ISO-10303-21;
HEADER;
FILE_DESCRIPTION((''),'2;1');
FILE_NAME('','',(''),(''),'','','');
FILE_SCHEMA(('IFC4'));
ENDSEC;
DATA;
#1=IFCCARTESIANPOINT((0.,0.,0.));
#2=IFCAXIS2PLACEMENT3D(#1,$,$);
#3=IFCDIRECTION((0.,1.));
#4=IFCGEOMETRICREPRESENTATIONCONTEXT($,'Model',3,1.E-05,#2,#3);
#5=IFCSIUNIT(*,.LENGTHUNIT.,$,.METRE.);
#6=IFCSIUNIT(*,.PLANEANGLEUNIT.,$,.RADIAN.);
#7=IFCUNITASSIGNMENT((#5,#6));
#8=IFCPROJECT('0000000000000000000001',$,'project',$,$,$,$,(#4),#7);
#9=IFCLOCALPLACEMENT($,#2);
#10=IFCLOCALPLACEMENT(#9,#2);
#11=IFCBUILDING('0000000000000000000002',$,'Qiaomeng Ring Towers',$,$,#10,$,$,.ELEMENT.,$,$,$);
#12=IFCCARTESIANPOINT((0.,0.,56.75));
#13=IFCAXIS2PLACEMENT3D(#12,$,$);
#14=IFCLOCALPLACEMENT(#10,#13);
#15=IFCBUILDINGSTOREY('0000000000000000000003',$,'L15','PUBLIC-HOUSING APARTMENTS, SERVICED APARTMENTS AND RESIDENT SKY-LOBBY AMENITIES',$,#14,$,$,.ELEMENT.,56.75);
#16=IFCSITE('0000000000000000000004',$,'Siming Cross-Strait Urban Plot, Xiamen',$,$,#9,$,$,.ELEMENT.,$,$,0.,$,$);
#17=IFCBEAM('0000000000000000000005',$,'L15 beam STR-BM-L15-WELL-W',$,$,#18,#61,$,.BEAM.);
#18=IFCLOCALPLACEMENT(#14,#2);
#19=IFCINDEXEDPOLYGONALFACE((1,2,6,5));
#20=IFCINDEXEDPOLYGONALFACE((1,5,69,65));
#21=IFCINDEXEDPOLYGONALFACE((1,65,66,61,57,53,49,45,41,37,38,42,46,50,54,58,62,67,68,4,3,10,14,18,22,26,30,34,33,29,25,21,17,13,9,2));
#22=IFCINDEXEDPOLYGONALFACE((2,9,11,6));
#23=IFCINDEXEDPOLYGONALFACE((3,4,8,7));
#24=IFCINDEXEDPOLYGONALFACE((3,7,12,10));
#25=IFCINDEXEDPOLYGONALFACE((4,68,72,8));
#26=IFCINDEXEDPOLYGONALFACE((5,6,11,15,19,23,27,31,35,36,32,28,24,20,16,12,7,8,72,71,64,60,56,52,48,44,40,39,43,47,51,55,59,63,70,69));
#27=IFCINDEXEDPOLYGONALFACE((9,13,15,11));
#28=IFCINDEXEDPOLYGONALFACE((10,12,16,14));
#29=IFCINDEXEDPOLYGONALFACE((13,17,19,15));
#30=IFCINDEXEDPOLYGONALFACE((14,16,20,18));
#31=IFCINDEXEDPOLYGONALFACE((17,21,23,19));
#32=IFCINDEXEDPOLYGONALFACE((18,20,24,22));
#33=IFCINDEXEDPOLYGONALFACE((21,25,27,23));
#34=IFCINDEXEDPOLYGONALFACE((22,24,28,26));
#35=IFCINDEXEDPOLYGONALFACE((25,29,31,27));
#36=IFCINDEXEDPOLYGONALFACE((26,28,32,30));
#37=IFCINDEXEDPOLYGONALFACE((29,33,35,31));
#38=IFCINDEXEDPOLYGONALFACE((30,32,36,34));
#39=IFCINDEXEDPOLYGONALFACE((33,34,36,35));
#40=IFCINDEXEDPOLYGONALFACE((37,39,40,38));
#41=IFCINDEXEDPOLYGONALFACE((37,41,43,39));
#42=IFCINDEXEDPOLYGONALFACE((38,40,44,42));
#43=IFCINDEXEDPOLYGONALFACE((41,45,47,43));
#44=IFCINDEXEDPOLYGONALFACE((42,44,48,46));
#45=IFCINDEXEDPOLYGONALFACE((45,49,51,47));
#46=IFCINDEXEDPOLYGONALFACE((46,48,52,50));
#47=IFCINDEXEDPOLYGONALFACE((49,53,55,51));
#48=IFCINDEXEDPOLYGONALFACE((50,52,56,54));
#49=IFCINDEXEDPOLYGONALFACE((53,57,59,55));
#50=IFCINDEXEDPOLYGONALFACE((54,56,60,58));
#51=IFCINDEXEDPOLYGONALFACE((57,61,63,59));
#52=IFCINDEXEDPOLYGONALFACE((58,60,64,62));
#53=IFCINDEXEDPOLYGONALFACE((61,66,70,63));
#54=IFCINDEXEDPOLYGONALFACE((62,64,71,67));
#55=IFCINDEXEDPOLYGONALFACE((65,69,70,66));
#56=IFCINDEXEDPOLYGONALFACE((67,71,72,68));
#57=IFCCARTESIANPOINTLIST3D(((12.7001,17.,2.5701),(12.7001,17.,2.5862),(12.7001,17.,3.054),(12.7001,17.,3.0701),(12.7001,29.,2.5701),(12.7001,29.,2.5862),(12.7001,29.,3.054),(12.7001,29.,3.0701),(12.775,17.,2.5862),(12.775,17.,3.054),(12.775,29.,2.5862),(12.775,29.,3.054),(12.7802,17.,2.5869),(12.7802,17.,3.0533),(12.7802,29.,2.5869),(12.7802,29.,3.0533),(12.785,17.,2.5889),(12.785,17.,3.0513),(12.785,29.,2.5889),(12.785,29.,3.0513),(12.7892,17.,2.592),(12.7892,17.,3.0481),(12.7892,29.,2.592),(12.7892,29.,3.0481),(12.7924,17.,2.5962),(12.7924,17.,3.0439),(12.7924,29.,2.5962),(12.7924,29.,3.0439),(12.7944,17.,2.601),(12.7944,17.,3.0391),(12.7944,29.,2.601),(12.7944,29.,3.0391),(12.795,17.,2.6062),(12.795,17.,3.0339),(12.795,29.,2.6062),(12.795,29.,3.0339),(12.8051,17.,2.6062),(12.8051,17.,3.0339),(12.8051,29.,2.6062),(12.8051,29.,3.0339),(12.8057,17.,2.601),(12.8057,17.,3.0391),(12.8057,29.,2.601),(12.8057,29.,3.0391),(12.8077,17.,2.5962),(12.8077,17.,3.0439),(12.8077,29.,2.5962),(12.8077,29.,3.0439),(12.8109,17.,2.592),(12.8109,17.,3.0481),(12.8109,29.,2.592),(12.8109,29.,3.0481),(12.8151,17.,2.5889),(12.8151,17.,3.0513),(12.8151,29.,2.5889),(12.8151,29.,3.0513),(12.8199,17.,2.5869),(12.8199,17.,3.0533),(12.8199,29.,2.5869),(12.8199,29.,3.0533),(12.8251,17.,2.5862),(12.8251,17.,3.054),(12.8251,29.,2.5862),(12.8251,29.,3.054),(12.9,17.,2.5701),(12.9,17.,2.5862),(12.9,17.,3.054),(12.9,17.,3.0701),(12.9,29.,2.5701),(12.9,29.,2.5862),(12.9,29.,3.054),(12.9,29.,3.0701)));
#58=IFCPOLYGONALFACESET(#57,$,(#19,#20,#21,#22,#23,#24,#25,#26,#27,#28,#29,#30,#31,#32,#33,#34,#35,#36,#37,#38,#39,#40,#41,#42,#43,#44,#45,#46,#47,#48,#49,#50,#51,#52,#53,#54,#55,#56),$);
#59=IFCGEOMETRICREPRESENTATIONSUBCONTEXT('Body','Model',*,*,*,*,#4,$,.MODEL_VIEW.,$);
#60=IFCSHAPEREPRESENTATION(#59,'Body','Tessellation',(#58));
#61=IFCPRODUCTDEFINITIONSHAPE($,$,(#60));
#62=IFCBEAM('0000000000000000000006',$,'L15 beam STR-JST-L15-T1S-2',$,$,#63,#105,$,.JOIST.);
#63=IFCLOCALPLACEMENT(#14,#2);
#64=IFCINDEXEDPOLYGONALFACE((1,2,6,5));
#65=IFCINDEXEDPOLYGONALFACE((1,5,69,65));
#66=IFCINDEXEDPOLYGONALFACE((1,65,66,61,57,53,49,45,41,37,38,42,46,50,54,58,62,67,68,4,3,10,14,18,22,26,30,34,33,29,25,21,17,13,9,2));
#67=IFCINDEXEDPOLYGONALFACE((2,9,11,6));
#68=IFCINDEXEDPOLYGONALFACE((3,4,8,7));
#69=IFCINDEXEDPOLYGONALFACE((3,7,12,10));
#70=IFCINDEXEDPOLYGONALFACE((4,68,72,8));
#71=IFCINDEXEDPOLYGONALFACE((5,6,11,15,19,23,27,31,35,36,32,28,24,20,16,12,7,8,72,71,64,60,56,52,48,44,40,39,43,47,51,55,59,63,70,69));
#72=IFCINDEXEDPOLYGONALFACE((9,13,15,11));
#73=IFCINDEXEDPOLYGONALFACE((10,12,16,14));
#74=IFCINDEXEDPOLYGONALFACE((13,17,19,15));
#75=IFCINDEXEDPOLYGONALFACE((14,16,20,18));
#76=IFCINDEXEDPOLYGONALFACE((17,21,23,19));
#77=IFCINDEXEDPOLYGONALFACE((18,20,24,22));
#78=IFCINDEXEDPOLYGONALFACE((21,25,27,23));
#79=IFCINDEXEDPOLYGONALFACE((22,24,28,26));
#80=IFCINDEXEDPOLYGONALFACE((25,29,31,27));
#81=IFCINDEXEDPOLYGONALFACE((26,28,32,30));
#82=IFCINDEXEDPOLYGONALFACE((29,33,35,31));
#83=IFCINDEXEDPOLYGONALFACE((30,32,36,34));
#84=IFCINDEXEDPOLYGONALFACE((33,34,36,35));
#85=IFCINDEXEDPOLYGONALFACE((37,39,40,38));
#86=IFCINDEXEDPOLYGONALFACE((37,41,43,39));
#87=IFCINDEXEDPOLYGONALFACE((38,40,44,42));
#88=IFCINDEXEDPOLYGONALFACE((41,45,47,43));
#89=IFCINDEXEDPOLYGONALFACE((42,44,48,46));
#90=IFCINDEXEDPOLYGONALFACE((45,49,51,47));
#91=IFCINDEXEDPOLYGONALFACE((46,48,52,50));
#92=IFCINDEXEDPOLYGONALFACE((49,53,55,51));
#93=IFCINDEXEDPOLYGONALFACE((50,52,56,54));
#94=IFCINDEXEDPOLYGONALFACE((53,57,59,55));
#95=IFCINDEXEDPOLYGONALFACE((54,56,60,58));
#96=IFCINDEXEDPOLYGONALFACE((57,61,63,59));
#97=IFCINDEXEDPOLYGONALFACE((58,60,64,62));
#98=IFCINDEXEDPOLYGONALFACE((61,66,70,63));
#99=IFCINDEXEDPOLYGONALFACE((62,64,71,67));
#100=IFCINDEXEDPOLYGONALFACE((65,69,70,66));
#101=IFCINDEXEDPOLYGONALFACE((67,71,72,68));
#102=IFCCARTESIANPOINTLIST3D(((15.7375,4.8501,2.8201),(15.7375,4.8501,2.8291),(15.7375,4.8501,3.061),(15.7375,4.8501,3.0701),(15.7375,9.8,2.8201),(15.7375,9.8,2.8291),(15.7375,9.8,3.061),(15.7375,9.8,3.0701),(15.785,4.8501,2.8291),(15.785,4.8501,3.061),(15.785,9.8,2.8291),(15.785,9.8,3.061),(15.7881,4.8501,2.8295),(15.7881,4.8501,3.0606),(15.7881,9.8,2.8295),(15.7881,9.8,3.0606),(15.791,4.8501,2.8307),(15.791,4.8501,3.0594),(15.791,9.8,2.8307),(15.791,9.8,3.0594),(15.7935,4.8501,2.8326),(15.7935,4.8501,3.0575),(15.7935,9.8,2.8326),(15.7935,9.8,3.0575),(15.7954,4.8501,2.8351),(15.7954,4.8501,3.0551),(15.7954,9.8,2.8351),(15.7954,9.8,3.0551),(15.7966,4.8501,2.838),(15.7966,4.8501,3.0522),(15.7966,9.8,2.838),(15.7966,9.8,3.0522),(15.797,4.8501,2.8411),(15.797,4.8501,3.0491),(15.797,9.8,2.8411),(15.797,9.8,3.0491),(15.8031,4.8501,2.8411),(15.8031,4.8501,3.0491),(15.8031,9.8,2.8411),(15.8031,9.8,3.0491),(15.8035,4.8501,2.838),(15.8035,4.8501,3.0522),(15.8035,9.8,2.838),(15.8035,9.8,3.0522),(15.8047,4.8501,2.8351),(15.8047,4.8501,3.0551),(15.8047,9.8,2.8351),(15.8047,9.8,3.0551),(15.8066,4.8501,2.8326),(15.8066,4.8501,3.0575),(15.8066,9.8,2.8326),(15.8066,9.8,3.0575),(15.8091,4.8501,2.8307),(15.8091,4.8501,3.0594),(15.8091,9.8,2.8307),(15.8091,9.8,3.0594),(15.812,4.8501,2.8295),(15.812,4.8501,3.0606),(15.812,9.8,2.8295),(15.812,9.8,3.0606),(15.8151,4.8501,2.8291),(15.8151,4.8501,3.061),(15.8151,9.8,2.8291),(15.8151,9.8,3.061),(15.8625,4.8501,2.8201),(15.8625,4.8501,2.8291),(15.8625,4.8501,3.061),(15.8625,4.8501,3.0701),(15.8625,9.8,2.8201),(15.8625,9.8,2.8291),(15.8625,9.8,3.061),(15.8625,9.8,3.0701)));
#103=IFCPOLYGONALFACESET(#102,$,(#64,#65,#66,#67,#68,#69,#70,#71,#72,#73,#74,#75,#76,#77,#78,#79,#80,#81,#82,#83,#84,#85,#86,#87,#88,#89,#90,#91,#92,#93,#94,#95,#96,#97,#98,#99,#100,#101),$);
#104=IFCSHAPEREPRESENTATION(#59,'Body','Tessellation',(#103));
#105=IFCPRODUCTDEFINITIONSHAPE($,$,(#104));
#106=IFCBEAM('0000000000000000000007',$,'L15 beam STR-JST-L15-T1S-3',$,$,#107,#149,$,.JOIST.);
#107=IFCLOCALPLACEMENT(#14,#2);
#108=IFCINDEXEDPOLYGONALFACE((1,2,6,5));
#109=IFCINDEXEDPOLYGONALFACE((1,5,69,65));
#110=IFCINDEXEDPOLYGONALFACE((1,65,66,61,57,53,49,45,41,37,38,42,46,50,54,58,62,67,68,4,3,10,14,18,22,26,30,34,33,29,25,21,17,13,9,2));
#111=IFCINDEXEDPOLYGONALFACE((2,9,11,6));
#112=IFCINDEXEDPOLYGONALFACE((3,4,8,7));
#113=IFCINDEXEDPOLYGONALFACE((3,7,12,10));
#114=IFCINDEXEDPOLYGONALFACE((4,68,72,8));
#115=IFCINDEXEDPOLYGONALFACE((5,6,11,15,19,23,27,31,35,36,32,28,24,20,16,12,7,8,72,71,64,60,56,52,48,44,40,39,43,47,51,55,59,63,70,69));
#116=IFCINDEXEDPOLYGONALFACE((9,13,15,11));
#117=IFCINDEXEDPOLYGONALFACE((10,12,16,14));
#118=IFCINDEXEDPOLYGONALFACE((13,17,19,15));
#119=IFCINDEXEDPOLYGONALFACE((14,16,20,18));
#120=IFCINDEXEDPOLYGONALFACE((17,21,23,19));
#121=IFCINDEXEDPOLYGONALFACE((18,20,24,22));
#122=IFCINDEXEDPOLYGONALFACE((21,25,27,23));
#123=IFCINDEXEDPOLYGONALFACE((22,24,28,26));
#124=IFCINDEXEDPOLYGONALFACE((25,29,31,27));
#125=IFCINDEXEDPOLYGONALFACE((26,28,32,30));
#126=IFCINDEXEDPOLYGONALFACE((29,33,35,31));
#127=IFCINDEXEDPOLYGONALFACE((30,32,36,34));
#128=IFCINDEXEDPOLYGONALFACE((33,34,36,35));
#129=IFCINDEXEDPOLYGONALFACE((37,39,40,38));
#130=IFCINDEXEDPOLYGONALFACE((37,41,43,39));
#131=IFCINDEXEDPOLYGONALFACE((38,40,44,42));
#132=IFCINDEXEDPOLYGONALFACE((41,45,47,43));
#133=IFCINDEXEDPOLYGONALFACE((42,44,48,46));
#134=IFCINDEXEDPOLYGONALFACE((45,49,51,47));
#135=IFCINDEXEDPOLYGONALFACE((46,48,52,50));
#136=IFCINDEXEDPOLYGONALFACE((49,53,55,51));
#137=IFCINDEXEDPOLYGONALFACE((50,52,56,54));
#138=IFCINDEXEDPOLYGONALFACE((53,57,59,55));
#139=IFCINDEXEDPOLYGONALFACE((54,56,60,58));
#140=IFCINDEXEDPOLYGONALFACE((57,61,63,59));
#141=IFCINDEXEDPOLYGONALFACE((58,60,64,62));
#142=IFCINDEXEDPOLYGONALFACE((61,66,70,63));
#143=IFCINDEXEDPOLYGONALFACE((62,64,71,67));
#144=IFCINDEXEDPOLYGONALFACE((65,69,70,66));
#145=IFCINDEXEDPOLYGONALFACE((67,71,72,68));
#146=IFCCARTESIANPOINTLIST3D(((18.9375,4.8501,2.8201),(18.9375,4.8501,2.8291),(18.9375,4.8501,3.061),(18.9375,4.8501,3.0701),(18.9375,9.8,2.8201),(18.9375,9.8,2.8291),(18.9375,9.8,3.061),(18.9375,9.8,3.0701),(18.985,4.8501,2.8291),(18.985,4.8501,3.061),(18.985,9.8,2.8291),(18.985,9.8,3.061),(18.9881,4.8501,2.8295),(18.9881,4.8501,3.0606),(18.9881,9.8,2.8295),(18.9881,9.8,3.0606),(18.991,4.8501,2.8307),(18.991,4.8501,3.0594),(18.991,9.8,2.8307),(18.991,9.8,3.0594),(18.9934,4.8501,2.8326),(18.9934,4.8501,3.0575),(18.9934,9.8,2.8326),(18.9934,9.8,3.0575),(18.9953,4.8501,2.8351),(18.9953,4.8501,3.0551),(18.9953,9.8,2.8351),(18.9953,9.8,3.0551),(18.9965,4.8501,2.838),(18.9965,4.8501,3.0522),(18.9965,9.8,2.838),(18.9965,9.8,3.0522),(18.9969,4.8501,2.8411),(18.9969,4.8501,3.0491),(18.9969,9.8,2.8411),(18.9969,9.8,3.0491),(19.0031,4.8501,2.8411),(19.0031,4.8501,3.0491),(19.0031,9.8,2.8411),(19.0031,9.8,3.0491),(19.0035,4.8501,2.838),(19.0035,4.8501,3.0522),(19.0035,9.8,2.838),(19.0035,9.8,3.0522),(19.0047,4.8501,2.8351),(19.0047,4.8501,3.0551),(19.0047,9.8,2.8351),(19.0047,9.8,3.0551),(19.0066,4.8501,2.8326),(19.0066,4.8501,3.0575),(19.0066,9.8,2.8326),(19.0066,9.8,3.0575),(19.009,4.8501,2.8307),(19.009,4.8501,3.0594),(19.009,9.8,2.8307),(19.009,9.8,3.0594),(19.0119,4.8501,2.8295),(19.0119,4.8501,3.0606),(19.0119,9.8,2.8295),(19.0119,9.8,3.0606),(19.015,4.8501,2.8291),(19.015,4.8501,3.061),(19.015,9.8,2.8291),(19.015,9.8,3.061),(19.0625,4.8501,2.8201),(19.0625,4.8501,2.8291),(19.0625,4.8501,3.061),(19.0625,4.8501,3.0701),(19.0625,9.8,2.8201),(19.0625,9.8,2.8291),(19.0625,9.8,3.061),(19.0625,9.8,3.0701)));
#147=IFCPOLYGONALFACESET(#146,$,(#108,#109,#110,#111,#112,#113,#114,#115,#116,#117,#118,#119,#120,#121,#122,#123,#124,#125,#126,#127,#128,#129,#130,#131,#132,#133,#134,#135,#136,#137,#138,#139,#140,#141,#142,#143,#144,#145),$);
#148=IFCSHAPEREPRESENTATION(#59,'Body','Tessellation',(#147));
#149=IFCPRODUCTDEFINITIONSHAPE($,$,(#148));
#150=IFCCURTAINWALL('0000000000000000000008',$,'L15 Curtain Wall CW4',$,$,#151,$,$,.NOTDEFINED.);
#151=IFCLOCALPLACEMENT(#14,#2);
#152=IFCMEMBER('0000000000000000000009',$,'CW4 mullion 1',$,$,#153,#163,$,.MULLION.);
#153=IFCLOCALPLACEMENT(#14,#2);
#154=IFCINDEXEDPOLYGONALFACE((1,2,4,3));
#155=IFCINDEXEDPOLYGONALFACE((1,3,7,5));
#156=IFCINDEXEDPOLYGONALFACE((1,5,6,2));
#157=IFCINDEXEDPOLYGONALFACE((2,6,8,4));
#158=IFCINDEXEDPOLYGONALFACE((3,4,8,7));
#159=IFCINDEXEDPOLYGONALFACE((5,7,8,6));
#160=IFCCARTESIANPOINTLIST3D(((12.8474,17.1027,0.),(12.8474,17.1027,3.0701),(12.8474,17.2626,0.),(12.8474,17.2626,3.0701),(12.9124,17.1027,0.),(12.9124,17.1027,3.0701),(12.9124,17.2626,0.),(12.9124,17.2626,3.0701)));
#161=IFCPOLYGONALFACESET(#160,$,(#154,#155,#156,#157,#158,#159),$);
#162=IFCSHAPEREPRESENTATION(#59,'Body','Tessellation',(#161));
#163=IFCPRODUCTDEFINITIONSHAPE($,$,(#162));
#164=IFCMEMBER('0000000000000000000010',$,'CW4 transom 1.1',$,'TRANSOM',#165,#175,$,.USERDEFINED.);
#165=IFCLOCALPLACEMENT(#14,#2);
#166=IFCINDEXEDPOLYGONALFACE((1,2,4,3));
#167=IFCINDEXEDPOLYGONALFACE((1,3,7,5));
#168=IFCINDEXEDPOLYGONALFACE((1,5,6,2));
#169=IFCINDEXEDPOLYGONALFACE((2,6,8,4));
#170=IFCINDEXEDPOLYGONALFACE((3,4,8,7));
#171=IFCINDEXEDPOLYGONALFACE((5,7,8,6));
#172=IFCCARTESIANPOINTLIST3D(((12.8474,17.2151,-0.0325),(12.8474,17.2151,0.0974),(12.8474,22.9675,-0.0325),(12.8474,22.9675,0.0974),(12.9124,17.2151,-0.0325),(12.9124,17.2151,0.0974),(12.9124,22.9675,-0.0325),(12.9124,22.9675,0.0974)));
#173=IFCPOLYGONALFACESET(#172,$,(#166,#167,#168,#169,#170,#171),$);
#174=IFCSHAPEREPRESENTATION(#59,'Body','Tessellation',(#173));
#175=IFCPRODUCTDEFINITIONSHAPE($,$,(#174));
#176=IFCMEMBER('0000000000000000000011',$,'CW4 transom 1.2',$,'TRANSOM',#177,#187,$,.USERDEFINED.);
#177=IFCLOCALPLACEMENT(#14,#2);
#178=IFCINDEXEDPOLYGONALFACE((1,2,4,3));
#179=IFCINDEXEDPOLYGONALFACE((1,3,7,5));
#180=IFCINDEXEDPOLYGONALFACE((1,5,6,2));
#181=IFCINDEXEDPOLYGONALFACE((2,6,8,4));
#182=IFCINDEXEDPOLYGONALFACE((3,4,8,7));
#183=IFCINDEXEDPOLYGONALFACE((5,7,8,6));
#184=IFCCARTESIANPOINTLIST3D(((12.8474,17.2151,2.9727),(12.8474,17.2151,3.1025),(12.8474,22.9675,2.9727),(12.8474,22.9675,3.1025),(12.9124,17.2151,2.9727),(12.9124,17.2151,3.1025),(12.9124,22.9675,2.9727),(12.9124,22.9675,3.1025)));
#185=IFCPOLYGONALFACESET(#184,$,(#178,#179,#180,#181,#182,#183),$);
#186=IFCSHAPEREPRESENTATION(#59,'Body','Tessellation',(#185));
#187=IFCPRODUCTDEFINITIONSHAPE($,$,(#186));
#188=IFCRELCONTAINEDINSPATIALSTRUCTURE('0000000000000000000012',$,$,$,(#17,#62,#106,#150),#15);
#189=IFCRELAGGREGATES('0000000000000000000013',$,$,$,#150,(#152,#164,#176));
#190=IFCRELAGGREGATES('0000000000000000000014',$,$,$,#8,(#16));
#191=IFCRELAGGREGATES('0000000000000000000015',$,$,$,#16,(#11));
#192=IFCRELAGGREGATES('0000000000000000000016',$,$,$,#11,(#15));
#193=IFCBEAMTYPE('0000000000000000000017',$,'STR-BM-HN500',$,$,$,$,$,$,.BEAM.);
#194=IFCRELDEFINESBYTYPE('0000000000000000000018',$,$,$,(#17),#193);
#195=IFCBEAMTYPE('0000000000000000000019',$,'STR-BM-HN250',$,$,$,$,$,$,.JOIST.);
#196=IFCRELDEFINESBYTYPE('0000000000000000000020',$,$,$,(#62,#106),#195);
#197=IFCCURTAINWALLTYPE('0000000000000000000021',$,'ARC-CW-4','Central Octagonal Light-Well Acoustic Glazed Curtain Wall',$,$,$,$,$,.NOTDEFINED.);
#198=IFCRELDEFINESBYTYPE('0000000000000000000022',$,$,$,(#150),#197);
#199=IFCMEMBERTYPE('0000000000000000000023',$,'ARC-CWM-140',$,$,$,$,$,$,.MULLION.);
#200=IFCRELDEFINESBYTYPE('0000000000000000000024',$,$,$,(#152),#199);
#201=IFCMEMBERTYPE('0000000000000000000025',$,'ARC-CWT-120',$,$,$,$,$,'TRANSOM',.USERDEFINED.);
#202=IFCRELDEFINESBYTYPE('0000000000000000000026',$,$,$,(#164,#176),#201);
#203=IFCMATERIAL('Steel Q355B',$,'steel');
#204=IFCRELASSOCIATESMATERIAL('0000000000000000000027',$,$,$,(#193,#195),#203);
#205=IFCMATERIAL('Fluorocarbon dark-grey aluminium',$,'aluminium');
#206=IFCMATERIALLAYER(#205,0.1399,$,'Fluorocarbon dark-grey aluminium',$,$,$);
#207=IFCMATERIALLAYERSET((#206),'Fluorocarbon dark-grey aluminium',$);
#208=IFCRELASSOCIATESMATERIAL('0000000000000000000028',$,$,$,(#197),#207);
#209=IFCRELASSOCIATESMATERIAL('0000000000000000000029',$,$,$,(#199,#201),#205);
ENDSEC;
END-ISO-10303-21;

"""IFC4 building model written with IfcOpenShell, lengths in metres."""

from ifc_helpers import new_model, si_unit, direction, frame, origin, origin_2d, place, context, subcontext, project, spatial, rectangle, i_section, extrude, source, transform, mapped, material, layer, layer_set, material_profile, profile_set, type_object, element, aggregate, save


model = new_model("IFC4")

# Units and contexts
model_context = context("Model", 3, precision=1e-05, world=origin(), true_north=direction((0.0, 1.0)))
body_context = subcontext(model_context, "Body", "Model", "MODEL_VIEW")
ifc_project = project(units=[si_unit("LENGTHUNIT", "METRE"), si_unit("PLANEANGLEUNIT", "RADIAN")], contexts=[model_context])

# Site, building, storey
site_placement = place(None, origin())
site = spatial("IfcSite", under=ifc_project, at=site_placement, Name="Siming Cross-Strait Urban Plot, Xiamen", CompositionType="ELEMENT", RefElevation=0.0)
building_placement = place(site_placement, origin())
building = spatial("IfcBuilding", under=site, at=building_placement, Name="Qiaomeng Ring Towers", CompositionType="ELEMENT")
storey_placement = place(building_placement, frame((0.0, 0.0, 56.75)))
storey = spatial("IfcBuildingStorey", under=building, at=storey_placement, Name="L15", Description="PUBLIC-HOUSING APARTMENTS, SERVICED APARTMENTS AND RESIDENT SKY-LOBBY AMENITIES", CompositionType="ELEMENT", Elevation=56.75)

# Beams
ifc_material_1 = material(Name="Steel Q355B", Category="steel")
ifc_material_profile_1 = material_profile(ifc_material_1, i_section(OverallWidth=0.2, OverallDepth=0.5, WebThickness=0.01, FlangeThickness=0.0161, FilletRadius=0.02, at=origin_2d()), Name="HN 500x200x10x16")
ifc_profile_set_1 = profile_set([ifc_material_profile_1], Name="Steel Q355B")
beam_type_1 = type_object("IfcBeamType", Name="STR-BM-HN500", PredefinedType="BEAM", material=ifc_profile_set_1)
shared_shape_1 = source(origin(), body_context, "Body", "SweptSolid", [
    extrude(i_section(OverallWidth=0.2, OverallDepth=0.5, WebThickness=0.01, FlangeThickness=0.0161, FilletRadius=0.02, at=origin_2d()), origin(), (0.0, 0.0, 1.0), 12.0),
])
beam_placement = place(storey_placement, frame((12.8, 17.0, 2.8201), z_axis=(0.0, 1.0, 0.0), x_axis=(-1.0, 0.0, 0.0)))
element("IfcBeam", 1, at=beam_placement, inside=storey, type_object=beam_type_1, Name="L15 beam STR-BM-L15-WELL-W", PredefinedType="BEAM", context=body_context, shape_type="MappedRepresentation", body=[
    mapped(shared_shape_1, transform((0.0, 0.0, 0.0), x_axis=(1.0, 0.0, 0.0), y_axis=(0.0, 1.0, 0.0), z_axis=(0.0, 0.0, 1.0), scale=1.0)),
])
ifc_material_profile_2 = material_profile(ifc_material_1, i_section(OverallWidth=0.125, OverallDepth=0.25, WebThickness=0.0061, FlangeThickness=0.009, FilletRadius=0.012, at=origin_2d()), Name="HN 250x125x6x9")
ifc_profile_set_2 = profile_set([ifc_material_profile_2], Name="Steel Q355B")
beam_type_2 = type_object("IfcBeamType", Name="STR-BM-HN250", PredefinedType="JOIST", material=ifc_profile_set_2)
shared_shape_2 = source(origin(), body_context, "Body", "SweptSolid", [
    extrude(i_section(OverallWidth=0.125, OverallDepth=0.25, WebThickness=0.0061, FlangeThickness=0.009, FilletRadius=0.012, at=origin_2d()), origin(), (0.0, 0.0, 1.0), 4.95),
])
for number, where, z_axis, x_axis, name in (
    (2, (15.8, 4.8501, 2.9451), (0.0, 1.0, 0.0), (-1.0, 0.0, 0.0), "L15 beam STR-JST-L15-T1S-2"),
    (3, (19.0, 4.8501, 2.9451), (0.0, 1.0, 0.0), (-1.0, 0.0, 0.0), "L15 beam STR-JST-L15-T1S-3"),
):
    element("IfcBeam", number, at=place(storey_placement, frame(where, z_axis=z_axis, x_axis=x_axis)), inside=storey, type_object=beam_type_2, Name=name, PredefinedType="JOIST", context=body_context, shape_type="MappedRepresentation", body=[
        mapped(shared_shape_2, transform((0.0, 0.0, 0.0), x_axis=(1.0, 0.0, 0.0), y_axis=(0.0, 1.0, 0.0), z_axis=(0.0, 0.0, 1.0), scale=1.0)),
    ])

# Curtain wall, members
ifc_material_2 = material(Name="Fluorocarbon dark-grey aluminium", Category="aluminium")
ifc_layer_1 = layer(ifc_material_2, 0.1399, Name="Fluorocarbon dark-grey aluminium")
ifc_layer_set_1 = layer_set([ifc_layer_1], Name="Fluorocarbon dark-grey aluminium")
curtain_wall_type = type_object("IfcCurtainWallType", Name="ARC-CW-4", Description="Central Octagonal Light-Well Acoustic Glazed Curtain Wall", PredefinedType="NOTDEFINED", material=ifc_layer_set_1)
curtain_wall_placement = place(storey_placement, origin())
curtain_wall = element("IfcCurtainWall", 4, at=curtain_wall_placement, inside=storey, type_object=curtain_wall_type, Name="L15 Curtain Wall CW4", PredefinedType="NOTDEFINED")
ifc_material_profile_3 = material_profile(ifc_material_2, rectangle(XDim=0.0649, YDim=0.1599, at=origin_2d()), Name="ALU MULL 65x160")
ifc_profile_set_3 = profile_set([ifc_material_profile_3], Name="Fluorocarbon dark-grey aluminium")
member_type_1 = type_object("IfcMemberType", Name="ARC-CWM-140", PredefinedType="MULLION", material=ifc_profile_set_3)
shared_shape_3 = source(origin(), body_context, "Body", "SweptSolid", [
    extrude(rectangle(XDim=0.0649, YDim=0.1599, at=origin_2d()), origin(), (0.0, 0.0, 1.0), 3.0701),
])
member_1_placement = place(storey_placement, frame((12.8799, 17.1826, 0.0), z_axis=(0.0, 0.0, 1.0), x_axis=(-1.0, 0.0, 0.0)))
member_1 = element("IfcMember", 5, at=member_1_placement, type_object=member_type_1, Name="CW4 mullion 1", PredefinedType="MULLION", context=body_context, shape_type="MappedRepresentation", body=[
    mapped(shared_shape_3, transform((0.0, 0.0, 0.0), x_axis=(1.0, 0.0, 0.0), y_axis=(0.0, 1.0, 0.0), z_axis=(0.0, 0.0, 1.0), scale=1.0)),
])
ifc_material_profile_4 = material_profile(ifc_material_2, rectangle(XDim=0.0649, YDim=0.1299, at=origin_2d()), Name="ALU TRAN 65x130")
ifc_profile_set_4 = profile_set([ifc_material_profile_4], Name="Fluorocarbon dark-grey aluminium")
member_type_2 = type_object("IfcMemberType", Name="ARC-CWT-120", ElementType="TRANSOM", PredefinedType="USERDEFINED", material=ifc_profile_set_4)
shared_shape_4 = source(origin(), body_context, "Body", "SweptSolid", [
    extrude(rectangle(XDim=0.0649, YDim=0.1299, at=origin_2d()), origin(), (0.0, 0.0, 1.0), 5.7524),
])
member_2_placement = place(storey_placement, frame((12.8799, 17.2151, 0.0325), z_axis=(0.0, 1.0, 0.0), x_axis=(-1.0, 0.0, 0.0)))
member_2 = element("IfcMember", 6, at=member_2_placement, type_object=member_type_2, Name="CW4 transom 1.1", ObjectType="TRANSOM", PredefinedType="USERDEFINED", context=body_context, shape_type="MappedRepresentation", body=[
    mapped(shared_shape_4, transform((0.0, 0.0, 0.0), x_axis=(1.0, 0.0, 0.0), y_axis=(0.0, 1.0, 0.0), z_axis=(0.0, 0.0, 1.0), scale=1.0)),
])
member_3_placement = place(storey_placement, frame((12.8799, 17.2151, 3.0376), z_axis=(0.0, 1.0, 0.0), x_axis=(-1.0, 0.0, 0.0)))
member_3 = element("IfcMember", 7, at=member_3_placement, type_object=member_type_2, Name="CW4 transom 1.2", ObjectType="TRANSOM", PredefinedType="USERDEFINED", context=body_context, shape_type="MappedRepresentation", body=[
    mapped(shared_shape_4, transform((0.0, 0.0, 0.0), x_axis=(1.0, 0.0, 0.0), y_axis=(0.0, 1.0, 0.0), z_axis=(0.0, 0.0, 1.0), scale=1.0)),
])
aggregate(curtain_wall, [member_1, member_2, member_3])

save(model, "model.ifc")
